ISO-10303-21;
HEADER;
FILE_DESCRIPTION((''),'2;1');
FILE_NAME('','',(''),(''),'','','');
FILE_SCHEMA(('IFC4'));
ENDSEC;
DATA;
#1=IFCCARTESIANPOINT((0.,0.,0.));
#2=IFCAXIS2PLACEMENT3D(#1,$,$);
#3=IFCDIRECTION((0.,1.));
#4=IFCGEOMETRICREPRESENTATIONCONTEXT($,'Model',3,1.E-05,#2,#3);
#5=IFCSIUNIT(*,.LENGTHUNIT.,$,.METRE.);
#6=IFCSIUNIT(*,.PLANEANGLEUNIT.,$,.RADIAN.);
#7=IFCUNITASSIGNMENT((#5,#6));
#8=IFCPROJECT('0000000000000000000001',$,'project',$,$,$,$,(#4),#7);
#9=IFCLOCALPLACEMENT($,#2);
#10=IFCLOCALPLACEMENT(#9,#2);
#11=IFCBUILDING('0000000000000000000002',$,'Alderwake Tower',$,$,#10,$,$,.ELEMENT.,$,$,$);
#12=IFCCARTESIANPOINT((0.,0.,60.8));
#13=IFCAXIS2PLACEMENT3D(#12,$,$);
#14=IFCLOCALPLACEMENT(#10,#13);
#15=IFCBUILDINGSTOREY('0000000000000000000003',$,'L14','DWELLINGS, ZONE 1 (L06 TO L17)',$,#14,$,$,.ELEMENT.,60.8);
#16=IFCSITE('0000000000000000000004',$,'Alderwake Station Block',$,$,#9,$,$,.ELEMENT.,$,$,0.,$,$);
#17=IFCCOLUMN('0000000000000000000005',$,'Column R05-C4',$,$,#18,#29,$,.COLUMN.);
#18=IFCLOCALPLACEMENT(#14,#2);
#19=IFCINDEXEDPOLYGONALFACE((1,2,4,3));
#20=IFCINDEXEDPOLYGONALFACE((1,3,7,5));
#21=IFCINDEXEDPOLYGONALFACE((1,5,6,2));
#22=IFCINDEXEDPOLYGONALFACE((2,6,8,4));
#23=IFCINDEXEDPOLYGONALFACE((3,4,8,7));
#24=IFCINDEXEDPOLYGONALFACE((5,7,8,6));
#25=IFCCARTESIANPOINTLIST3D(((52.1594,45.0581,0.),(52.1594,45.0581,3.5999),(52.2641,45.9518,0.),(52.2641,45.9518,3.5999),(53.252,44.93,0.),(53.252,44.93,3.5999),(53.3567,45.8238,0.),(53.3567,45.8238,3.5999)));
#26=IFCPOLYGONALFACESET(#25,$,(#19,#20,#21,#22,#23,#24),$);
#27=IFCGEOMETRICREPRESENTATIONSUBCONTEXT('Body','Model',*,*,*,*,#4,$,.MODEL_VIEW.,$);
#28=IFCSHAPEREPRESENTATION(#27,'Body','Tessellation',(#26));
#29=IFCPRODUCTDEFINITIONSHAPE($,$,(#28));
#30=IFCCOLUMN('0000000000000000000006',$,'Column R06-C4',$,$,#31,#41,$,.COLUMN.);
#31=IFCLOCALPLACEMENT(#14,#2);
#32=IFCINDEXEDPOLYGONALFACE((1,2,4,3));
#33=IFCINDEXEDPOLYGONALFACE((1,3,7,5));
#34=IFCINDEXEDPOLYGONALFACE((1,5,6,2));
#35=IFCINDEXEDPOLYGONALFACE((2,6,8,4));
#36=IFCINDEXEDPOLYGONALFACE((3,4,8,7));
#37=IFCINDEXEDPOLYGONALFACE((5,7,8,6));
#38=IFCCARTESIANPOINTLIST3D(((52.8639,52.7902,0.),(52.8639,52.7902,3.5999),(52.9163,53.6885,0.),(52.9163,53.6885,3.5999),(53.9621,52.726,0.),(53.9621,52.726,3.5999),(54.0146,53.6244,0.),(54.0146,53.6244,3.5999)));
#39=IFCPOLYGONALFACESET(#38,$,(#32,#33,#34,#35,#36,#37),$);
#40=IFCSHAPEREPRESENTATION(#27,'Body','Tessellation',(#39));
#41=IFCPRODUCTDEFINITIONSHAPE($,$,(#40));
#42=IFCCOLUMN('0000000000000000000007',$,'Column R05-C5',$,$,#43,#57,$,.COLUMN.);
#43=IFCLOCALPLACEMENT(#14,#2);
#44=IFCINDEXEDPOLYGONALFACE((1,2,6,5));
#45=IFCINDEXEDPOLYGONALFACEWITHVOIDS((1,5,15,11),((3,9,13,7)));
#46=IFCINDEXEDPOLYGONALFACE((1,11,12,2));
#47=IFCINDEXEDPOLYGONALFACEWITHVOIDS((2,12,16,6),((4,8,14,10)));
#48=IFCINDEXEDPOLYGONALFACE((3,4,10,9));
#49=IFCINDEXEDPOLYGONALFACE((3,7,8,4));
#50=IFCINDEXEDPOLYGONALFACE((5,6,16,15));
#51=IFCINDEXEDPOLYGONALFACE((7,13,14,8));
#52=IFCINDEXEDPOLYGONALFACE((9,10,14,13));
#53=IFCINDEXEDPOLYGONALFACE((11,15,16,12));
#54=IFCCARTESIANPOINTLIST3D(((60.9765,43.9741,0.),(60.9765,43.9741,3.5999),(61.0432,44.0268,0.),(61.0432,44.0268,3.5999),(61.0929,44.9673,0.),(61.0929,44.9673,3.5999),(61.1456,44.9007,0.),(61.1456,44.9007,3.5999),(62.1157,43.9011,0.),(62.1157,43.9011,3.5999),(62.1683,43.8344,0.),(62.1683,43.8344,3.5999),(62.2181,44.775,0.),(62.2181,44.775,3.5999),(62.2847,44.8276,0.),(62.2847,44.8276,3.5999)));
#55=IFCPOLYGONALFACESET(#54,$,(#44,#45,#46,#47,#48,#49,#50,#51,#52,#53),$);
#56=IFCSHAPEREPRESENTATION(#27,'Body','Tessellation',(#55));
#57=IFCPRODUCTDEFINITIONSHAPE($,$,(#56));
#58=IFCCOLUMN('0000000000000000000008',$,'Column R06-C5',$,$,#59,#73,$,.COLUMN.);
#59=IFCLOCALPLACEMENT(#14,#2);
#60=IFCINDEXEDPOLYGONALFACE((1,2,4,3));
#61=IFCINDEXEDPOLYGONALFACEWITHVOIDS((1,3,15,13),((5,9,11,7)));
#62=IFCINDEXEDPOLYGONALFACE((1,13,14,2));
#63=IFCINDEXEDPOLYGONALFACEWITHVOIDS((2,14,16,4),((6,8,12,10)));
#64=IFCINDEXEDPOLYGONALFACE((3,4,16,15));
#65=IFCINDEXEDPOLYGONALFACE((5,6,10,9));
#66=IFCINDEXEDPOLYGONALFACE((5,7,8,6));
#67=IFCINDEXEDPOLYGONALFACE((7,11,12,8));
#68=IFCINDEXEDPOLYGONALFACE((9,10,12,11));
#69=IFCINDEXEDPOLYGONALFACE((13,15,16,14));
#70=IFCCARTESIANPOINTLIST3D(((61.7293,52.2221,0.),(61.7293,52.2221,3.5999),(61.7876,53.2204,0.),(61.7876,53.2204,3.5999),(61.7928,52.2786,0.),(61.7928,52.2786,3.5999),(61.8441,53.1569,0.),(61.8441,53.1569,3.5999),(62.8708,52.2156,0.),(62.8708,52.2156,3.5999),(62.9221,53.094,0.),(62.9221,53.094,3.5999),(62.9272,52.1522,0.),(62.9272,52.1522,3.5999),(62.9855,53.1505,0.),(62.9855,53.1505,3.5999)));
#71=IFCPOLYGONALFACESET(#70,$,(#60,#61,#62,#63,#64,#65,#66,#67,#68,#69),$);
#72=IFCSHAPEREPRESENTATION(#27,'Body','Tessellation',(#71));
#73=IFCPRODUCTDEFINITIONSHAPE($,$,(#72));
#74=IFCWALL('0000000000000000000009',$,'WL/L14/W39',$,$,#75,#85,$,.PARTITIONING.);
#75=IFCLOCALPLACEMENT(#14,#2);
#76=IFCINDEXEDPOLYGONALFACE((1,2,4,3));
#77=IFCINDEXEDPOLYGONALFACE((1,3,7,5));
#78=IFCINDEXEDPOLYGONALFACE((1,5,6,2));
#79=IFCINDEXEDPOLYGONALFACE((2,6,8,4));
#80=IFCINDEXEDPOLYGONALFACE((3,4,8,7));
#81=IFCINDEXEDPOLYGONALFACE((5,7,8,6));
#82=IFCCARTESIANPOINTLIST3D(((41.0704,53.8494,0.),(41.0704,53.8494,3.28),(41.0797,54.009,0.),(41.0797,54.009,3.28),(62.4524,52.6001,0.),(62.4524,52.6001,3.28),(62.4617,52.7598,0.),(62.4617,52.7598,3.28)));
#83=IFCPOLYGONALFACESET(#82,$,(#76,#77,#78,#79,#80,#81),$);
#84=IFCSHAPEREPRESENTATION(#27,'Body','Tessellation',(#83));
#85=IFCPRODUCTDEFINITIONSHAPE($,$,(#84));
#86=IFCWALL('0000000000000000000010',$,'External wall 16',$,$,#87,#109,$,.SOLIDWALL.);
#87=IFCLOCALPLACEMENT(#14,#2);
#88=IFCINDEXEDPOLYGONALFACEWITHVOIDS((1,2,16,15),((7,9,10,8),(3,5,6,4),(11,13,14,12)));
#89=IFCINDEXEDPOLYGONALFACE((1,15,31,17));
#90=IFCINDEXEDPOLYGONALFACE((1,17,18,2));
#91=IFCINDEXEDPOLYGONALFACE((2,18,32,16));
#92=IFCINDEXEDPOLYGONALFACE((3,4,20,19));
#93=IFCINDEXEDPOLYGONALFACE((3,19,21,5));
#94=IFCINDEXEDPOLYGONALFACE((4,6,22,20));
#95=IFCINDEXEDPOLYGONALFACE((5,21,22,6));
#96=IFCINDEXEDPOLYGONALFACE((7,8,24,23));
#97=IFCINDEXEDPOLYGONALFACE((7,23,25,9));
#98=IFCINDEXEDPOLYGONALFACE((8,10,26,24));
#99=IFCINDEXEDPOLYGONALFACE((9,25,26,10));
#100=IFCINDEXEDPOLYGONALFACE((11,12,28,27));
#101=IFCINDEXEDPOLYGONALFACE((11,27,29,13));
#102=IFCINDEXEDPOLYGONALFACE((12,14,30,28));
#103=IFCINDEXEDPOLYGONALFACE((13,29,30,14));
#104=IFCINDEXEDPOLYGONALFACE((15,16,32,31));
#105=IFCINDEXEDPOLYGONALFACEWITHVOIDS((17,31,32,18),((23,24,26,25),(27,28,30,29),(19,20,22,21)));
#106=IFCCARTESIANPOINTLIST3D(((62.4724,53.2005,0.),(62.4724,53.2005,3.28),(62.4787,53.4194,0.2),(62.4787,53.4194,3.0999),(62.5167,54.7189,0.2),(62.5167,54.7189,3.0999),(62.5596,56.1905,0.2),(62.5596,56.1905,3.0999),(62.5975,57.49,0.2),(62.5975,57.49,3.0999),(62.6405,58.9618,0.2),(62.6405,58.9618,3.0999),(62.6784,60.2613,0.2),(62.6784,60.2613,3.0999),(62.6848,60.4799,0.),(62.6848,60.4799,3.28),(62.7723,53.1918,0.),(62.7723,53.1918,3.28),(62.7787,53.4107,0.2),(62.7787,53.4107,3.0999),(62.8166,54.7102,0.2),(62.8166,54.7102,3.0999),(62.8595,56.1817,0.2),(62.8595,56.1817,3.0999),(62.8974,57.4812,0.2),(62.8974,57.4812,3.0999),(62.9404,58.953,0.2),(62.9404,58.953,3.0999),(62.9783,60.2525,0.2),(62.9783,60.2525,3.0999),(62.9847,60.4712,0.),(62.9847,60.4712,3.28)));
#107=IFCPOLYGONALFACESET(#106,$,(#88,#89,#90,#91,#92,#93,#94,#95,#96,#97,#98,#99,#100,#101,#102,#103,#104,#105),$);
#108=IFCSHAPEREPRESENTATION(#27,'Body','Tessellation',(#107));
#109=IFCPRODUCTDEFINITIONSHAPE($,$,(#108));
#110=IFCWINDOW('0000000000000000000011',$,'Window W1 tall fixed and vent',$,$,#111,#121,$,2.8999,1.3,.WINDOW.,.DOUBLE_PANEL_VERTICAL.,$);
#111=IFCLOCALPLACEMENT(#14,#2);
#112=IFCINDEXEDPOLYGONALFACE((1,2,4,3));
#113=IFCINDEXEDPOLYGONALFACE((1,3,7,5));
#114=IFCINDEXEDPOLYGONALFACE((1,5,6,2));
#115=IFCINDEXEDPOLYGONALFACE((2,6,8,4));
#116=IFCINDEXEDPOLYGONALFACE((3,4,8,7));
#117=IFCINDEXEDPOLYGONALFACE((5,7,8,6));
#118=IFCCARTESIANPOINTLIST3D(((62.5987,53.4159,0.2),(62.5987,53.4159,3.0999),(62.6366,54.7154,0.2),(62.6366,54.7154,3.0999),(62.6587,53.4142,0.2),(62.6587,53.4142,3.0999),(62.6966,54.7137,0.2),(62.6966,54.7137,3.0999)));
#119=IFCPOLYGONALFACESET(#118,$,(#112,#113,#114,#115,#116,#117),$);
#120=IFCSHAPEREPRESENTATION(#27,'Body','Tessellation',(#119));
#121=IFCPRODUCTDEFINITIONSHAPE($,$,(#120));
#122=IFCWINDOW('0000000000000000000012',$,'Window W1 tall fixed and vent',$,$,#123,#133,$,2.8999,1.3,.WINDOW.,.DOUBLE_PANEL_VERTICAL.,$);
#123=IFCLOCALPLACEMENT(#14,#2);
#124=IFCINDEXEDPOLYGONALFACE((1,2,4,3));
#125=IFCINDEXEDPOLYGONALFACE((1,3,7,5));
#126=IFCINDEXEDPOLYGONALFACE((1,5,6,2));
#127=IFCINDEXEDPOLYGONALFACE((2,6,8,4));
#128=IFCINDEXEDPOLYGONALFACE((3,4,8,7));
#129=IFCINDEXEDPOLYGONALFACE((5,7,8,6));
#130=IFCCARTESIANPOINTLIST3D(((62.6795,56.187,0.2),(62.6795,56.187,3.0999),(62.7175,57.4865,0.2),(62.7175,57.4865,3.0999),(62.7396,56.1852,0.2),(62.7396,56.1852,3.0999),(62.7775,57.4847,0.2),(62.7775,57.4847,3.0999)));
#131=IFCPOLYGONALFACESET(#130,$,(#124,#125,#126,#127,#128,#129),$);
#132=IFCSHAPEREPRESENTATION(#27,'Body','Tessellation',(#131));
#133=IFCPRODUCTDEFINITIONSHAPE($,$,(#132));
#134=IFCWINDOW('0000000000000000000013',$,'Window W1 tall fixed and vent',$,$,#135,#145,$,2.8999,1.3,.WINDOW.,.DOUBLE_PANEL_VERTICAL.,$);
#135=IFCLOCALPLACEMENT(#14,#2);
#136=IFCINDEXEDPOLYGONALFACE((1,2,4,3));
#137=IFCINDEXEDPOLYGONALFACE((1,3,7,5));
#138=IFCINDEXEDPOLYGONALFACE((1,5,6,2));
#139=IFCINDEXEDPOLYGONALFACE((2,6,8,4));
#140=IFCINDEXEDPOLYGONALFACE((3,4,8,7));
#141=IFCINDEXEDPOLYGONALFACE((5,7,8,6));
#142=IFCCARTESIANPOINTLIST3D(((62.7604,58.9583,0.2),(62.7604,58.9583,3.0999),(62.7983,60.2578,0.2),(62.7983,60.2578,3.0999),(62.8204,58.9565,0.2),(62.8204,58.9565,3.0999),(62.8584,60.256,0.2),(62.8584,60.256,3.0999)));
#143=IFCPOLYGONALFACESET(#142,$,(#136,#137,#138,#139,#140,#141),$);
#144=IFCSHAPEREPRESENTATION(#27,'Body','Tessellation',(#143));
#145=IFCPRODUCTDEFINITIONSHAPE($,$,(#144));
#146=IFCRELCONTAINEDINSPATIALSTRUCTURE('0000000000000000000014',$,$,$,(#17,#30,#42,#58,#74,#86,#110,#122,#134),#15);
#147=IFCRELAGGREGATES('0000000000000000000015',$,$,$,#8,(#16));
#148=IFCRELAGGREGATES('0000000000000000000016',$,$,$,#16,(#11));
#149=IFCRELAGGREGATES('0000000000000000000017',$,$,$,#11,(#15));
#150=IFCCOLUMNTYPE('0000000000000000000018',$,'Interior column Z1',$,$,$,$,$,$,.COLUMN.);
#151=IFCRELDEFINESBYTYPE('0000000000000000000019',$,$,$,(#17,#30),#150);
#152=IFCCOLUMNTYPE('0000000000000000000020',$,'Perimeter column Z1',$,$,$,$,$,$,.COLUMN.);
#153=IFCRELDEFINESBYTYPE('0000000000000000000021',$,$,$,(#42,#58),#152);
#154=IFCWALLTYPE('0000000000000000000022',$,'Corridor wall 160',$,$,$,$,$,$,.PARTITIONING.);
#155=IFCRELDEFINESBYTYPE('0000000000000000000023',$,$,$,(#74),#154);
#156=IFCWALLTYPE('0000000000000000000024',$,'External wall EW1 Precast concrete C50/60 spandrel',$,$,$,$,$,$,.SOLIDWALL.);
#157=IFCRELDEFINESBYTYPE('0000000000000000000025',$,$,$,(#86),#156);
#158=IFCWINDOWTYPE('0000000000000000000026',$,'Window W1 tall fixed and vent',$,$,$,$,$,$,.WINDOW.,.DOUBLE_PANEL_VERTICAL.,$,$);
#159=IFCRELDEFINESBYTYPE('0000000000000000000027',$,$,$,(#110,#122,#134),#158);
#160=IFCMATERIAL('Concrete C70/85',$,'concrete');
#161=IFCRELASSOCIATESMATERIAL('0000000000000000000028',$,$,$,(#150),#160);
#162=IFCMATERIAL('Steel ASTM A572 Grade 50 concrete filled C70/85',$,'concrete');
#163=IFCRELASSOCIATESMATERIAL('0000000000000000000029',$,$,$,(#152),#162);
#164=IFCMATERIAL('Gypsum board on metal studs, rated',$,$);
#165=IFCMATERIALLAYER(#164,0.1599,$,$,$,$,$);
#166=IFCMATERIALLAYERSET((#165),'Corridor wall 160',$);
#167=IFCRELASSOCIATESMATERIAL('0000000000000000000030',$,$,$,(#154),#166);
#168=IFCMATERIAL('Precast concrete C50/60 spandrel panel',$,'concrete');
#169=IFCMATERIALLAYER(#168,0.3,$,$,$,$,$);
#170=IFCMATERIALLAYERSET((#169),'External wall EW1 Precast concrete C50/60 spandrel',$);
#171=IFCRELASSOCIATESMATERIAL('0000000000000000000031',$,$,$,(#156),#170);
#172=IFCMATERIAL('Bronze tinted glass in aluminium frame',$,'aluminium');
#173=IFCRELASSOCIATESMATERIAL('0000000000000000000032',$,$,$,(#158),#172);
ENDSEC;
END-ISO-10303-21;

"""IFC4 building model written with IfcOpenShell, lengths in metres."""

from ifc_helpers import new_model, si_unit, direction, frame, frame_2d, origin, origin_2d, place, context, subcontext, project, spatial, rectangle, hollow_rectangle, extrude, material, layer, layer_set, material_profile, profile_set, type_object, element, fill, save


model = new_model("IFC4")

# Units and contexts
model_context = context("Model", 3, precision=1e-05, world=origin(), true_north=direction((0.0, 1.0)))
body_context = subcontext(model_context, "Body", "Model", "MODEL_VIEW")
ifc_project = project(units=[si_unit("LENGTHUNIT", "METRE"), si_unit("PLANEANGLEUNIT", "RADIAN")], contexts=[model_context])

# Site, building, storey
site_placement = place(None, origin())
site = spatial("IfcSite", under=ifc_project, at=site_placement, Name="Alderwake Station Block", CompositionType="ELEMENT", RefElevation=0.0)
building_placement = place(site_placement, origin())
building = spatial("IfcBuilding", under=site, at=building_placement, Name="Alderwake Tower", CompositionType="ELEMENT")
storey_placement = place(building_placement, frame((0.0, 0.0, 60.8)))
storey = spatial("IfcBuildingStorey", under=building, at=storey_placement, Name="L14", Description="DWELLINGS, ZONE 1 (L06 TO L17)", CompositionType="ELEMENT", Elevation=60.8)

# Columns
ifc_material_1 = material(Name="Concrete C70/85", Category="concrete")
ifc_material_profile_1 = material_profile(ifc_material_1, rectangle(XDim=0.8999, YDim=1.1001, at=origin_2d()), Name="RC 1100X900")
ifc_profile_set_1 = profile_set([ifc_material_profile_1], Name="Concrete C70/85")
column_type_1 = type_object("IfcColumnType", Name="Interior column Z1", PredefinedType="COLUMN", material=ifc_profile_set_1)
for number, where, z_axis, x_axis, name in (
    (1, (52.7581, 45.4409, 0.0), (0.0, 0.0, 1.0), (0.116402, 0.993202, 0.0), "Column R05-C4"),
    (2, (53.4392, 53.2073, 0.0), (0.0, 0.0, 1.0), (0.058301, 0.998299, 0.0), "Column R06-C4"),
):
    element("IfcColumn", number, at=place(storey_placement, frame(where, z_axis=z_axis, x_axis=x_axis)), inside=storey, type_object=column_type_1, Name=name, PredefinedType="COLUMN", context=body_context, shape_type="SweptSolid", body=[
        extrude(rectangle(XDim=0.8999, YDim=1.1001, at=origin_2d()), origin(), (0.0, 0.0, 1.0), 3.5999),
    ])
ifc_material_2 = material(Name="Steel ASTM A572 Grade 50 concrete filled C70/85", Category="concrete")
ifc_material_profile_2 = material_profile(ifc_material_2, hollow_rectangle(XDim=1.0, YDim=1.2, WallThickness=0.0601, at=origin_2d()), Name="BOX 1200X1000X60")
ifc_profile_set_2 = profile_set([ifc_material_profile_2], Name="Steel ASTM A572 Grade 50 concrete filled C70/85")
column_type_2 = type_object("IfcColumnType", Name="Perimeter column Z1", PredefinedType="COLUMN", material=ifc_profile_set_2)
for number, where, z_axis, x_axis, name in (
    (3, (61.6306, 44.4009, 0.0), (0.0, 0.0, 1.0), (0.116402, 0.993202, 0.0), "Column R05-C5"),
    (4, (62.3574, 52.6863, 0.0), (0.0, 0.0, 1.0), (0.058299, 0.998299, 0.0), "Column R06-C5"),
):
    element("IfcColumn", number, at=place(storey_placement, frame(where, z_axis=z_axis, x_axis=x_axis)), inside=storey, type_object=column_type_2, Name=name, PredefinedType="COLUMN", context=body_context, shape_type="SweptSolid", body=[
        extrude(hollow_rectangle(XDim=1.0, YDim=1.2, WallThickness=0.0601, at=origin_2d()), origin(), (0.0, 0.0, 1.0), 3.5999),
    ])

# Wall
ifc_material_3 = material(Name="Gypsum board on metal studs, rated")
ifc_layer_1 = layer(ifc_material_3, 0.1599)
ifc_layer_set_1 = layer_set([ifc_layer_1], Name="Corridor wall 160")
wall_type_1 = type_object("IfcWallType", Name="Corridor wall 160", PredefinedType="PARTITIONING", material=ifc_layer_set_1)
wall_1_placement = place(storey_placement, frame((62.457, 52.6799, 0.0), z_axis=(0.0, 0.0, 1.0), x_axis=(-0.998298, 0.058326, 0.0)))
element("IfcWall", 5, at=wall_1_placement, inside=storey, type_object=wall_type_1, Name="WL/L14/W39", PredefinedType="PARTITIONING", context=body_context, shape_type="SweptSolid", body=[
    extrude(rectangle(XDim=21.4185, YDim=0.1599, at=frame_2d((10.7092, 0.0))), origin(), (0.0, 0.0, 1.0), 3.28),
])

# Shared definitions
ifc_material_4 = material(Name="Precast concrete C50/60 spandrel panel", Category="concrete")
ifc_layer_2 = layer(ifc_material_4, 0.3)
ifc_layer_set_2 = layer_set([ifc_layer_2], Name="External wall EW1 Precast concrete C50/60 spandrel")
wall_type_2 = type_object("IfcWallType", Name="External wall EW1 Precast concrete C50/60 spandrel", PredefinedType="SOLIDWALL", material=ifc_layer_set_2)
ifc_material_5 = material(Name="Bronze tinted glass in aluminium frame", Category="aluminium")
window_type = type_object("IfcWindowType", Name="Window W1 tall fixed and vent", PartitioningType="DOUBLE_PANEL_VERTICAL", PredefinedType="WINDOW", material=ifc_material_5)

# Wall, openings, windows
wall_2_placement = place(storey_placement, frame((62.6223, 53.1963, 0.0), z_axis=(0.0, 0.0, 1.0), x_axis=(0.029167, 0.999575, 0.0)))
wall_2 = element("IfcWall", 6, at=wall_2_placement, inside=storey, type_object=wall_type_2, Name="External wall 16", PredefinedType="SOLIDWALL", context=body_context, shape_type="SweptSolid", body=[
    extrude(rectangle(XDim=7.2825, YDim=0.3, at=frame_2d((3.6411, 0.0))), origin(), (0.0, 0.0, 1.0), 3.28),
])
opening_1_placement = place(wall_2_placement, frame((0.219, 0.0, 0.2)))
opening_1 = element("IfcOpeningElement", 7, at=opening_1_placement, cuts=wall_2, PredefinedType="OPENING", context=body_context, shape_type="SweptSolid", body=[
    extrude(rectangle(XDim=1.3, YDim=2.8999, at=frame_2d((0.6499, 1.45))), frame((0.0, 0.1599, 0.0), z_axis=(0.0, -1.0, 0.0), x_axis=(1.0, 0.0, 0.0)), (0.0, 0.0, 1.0), 0.3201),
])
opening_2_placement = place(wall_2_placement, frame((2.9912, 0.0, 0.2)))
opening_2 = element("IfcOpeningElement", 8, at=opening_2_placement, cuts=wall_2, PredefinedType="OPENING", context=body_context, shape_type="SweptSolid", body=[
    extrude(rectangle(XDim=1.3, YDim=2.8999, at=frame_2d((0.6499, 1.45))), frame((0.0, 0.1599, 0.0), z_axis=(0.0, -1.0, 0.0), x_axis=(1.0, 0.0, 0.0)), (0.0, 0.0, 1.0), 0.3201),
])
opening_3_placement = place(wall_2_placement, frame((5.7637, 0.0, 0.2)))
opening_3 = element("IfcOpeningElement", 9, at=opening_3_placement, cuts=wall_2, PredefinedType="OPENING", context=body_context, shape_type="SweptSolid", body=[
    extrude(rectangle(XDim=1.3, YDim=2.8999, at=frame_2d((0.6499, 1.45))), frame((0.0, 0.1599, 0.0), z_axis=(0.0, -1.0, 0.0), x_axis=(1.0, 0.0, 0.0)), (0.0, 0.0, 1.0), 0.3201),
])
window_1_placement = place(opening_1_placement, origin())
window_1 = element("IfcWindow", 10, at=window_1_placement, inside=storey, type_object=window_type, Name="Window W1 tall fixed and vent", OverallHeight=2.8999, OverallWidth=1.3, PartitioningType="DOUBLE_PANEL_VERTICAL", PredefinedType="WINDOW", context=body_context, shape_type="SweptSolid", body=[
    extrude(rectangle(XDim=1.3, YDim=2.8999, at=frame_2d((0.6499, 1.45))), frame((0.0, 0.03, 0.0), z_axis=(0.0, -1.0, 0.0), x_axis=(1.0, 0.0, 0.0)), (0.0, 0.0, 1.0), 0.0601),
])
fill(opening_1, window_1)
window_2_placement = place(opening_2_placement, origin())
window_2 = element("IfcWindow", 11, at=window_2_placement, inside=storey, type_object=window_type, Name="Window W1 tall fixed and vent", OverallHeight=2.8999, OverallWidth=1.3, PartitioningType="DOUBLE_PANEL_VERTICAL", PredefinedType="WINDOW", context=body_context, shape_type="SweptSolid", body=[
    extrude(rectangle(XDim=1.3, YDim=2.8999, at=frame_2d((0.6499, 1.45))), frame((0.0, 0.03, 0.0), z_axis=(0.0, -1.0, 0.0), x_axis=(1.0, 0.0, 0.0)), (0.0, 0.0, 1.0), 0.0601),
])
fill(opening_2, window_2)
window_3_placement = place(opening_3_placement, origin())
window_3 = element("IfcWindow", 12, at=window_3_placement, inside=storey, type_object=window_type, Name="Window W1 tall fixed and vent", OverallHeight=2.8999, OverallWidth=1.3, PartitioningType="DOUBLE_PANEL_VERTICAL", PredefinedType="WINDOW", context=body_context, shape_type="SweptSolid", body=[
    extrude(rectangle(XDim=1.3, YDim=2.8999, at=frame_2d((0.6499, 1.45))), frame((0.0, 0.03, 0.0), z_axis=(0.0, -1.0, 0.0), x_axis=(1.0, 0.0, 0.0)), (0.0, 0.0, 1.0), 0.0601),
])
fill(opening_3, window_3)

save(model, "model.ifc")
